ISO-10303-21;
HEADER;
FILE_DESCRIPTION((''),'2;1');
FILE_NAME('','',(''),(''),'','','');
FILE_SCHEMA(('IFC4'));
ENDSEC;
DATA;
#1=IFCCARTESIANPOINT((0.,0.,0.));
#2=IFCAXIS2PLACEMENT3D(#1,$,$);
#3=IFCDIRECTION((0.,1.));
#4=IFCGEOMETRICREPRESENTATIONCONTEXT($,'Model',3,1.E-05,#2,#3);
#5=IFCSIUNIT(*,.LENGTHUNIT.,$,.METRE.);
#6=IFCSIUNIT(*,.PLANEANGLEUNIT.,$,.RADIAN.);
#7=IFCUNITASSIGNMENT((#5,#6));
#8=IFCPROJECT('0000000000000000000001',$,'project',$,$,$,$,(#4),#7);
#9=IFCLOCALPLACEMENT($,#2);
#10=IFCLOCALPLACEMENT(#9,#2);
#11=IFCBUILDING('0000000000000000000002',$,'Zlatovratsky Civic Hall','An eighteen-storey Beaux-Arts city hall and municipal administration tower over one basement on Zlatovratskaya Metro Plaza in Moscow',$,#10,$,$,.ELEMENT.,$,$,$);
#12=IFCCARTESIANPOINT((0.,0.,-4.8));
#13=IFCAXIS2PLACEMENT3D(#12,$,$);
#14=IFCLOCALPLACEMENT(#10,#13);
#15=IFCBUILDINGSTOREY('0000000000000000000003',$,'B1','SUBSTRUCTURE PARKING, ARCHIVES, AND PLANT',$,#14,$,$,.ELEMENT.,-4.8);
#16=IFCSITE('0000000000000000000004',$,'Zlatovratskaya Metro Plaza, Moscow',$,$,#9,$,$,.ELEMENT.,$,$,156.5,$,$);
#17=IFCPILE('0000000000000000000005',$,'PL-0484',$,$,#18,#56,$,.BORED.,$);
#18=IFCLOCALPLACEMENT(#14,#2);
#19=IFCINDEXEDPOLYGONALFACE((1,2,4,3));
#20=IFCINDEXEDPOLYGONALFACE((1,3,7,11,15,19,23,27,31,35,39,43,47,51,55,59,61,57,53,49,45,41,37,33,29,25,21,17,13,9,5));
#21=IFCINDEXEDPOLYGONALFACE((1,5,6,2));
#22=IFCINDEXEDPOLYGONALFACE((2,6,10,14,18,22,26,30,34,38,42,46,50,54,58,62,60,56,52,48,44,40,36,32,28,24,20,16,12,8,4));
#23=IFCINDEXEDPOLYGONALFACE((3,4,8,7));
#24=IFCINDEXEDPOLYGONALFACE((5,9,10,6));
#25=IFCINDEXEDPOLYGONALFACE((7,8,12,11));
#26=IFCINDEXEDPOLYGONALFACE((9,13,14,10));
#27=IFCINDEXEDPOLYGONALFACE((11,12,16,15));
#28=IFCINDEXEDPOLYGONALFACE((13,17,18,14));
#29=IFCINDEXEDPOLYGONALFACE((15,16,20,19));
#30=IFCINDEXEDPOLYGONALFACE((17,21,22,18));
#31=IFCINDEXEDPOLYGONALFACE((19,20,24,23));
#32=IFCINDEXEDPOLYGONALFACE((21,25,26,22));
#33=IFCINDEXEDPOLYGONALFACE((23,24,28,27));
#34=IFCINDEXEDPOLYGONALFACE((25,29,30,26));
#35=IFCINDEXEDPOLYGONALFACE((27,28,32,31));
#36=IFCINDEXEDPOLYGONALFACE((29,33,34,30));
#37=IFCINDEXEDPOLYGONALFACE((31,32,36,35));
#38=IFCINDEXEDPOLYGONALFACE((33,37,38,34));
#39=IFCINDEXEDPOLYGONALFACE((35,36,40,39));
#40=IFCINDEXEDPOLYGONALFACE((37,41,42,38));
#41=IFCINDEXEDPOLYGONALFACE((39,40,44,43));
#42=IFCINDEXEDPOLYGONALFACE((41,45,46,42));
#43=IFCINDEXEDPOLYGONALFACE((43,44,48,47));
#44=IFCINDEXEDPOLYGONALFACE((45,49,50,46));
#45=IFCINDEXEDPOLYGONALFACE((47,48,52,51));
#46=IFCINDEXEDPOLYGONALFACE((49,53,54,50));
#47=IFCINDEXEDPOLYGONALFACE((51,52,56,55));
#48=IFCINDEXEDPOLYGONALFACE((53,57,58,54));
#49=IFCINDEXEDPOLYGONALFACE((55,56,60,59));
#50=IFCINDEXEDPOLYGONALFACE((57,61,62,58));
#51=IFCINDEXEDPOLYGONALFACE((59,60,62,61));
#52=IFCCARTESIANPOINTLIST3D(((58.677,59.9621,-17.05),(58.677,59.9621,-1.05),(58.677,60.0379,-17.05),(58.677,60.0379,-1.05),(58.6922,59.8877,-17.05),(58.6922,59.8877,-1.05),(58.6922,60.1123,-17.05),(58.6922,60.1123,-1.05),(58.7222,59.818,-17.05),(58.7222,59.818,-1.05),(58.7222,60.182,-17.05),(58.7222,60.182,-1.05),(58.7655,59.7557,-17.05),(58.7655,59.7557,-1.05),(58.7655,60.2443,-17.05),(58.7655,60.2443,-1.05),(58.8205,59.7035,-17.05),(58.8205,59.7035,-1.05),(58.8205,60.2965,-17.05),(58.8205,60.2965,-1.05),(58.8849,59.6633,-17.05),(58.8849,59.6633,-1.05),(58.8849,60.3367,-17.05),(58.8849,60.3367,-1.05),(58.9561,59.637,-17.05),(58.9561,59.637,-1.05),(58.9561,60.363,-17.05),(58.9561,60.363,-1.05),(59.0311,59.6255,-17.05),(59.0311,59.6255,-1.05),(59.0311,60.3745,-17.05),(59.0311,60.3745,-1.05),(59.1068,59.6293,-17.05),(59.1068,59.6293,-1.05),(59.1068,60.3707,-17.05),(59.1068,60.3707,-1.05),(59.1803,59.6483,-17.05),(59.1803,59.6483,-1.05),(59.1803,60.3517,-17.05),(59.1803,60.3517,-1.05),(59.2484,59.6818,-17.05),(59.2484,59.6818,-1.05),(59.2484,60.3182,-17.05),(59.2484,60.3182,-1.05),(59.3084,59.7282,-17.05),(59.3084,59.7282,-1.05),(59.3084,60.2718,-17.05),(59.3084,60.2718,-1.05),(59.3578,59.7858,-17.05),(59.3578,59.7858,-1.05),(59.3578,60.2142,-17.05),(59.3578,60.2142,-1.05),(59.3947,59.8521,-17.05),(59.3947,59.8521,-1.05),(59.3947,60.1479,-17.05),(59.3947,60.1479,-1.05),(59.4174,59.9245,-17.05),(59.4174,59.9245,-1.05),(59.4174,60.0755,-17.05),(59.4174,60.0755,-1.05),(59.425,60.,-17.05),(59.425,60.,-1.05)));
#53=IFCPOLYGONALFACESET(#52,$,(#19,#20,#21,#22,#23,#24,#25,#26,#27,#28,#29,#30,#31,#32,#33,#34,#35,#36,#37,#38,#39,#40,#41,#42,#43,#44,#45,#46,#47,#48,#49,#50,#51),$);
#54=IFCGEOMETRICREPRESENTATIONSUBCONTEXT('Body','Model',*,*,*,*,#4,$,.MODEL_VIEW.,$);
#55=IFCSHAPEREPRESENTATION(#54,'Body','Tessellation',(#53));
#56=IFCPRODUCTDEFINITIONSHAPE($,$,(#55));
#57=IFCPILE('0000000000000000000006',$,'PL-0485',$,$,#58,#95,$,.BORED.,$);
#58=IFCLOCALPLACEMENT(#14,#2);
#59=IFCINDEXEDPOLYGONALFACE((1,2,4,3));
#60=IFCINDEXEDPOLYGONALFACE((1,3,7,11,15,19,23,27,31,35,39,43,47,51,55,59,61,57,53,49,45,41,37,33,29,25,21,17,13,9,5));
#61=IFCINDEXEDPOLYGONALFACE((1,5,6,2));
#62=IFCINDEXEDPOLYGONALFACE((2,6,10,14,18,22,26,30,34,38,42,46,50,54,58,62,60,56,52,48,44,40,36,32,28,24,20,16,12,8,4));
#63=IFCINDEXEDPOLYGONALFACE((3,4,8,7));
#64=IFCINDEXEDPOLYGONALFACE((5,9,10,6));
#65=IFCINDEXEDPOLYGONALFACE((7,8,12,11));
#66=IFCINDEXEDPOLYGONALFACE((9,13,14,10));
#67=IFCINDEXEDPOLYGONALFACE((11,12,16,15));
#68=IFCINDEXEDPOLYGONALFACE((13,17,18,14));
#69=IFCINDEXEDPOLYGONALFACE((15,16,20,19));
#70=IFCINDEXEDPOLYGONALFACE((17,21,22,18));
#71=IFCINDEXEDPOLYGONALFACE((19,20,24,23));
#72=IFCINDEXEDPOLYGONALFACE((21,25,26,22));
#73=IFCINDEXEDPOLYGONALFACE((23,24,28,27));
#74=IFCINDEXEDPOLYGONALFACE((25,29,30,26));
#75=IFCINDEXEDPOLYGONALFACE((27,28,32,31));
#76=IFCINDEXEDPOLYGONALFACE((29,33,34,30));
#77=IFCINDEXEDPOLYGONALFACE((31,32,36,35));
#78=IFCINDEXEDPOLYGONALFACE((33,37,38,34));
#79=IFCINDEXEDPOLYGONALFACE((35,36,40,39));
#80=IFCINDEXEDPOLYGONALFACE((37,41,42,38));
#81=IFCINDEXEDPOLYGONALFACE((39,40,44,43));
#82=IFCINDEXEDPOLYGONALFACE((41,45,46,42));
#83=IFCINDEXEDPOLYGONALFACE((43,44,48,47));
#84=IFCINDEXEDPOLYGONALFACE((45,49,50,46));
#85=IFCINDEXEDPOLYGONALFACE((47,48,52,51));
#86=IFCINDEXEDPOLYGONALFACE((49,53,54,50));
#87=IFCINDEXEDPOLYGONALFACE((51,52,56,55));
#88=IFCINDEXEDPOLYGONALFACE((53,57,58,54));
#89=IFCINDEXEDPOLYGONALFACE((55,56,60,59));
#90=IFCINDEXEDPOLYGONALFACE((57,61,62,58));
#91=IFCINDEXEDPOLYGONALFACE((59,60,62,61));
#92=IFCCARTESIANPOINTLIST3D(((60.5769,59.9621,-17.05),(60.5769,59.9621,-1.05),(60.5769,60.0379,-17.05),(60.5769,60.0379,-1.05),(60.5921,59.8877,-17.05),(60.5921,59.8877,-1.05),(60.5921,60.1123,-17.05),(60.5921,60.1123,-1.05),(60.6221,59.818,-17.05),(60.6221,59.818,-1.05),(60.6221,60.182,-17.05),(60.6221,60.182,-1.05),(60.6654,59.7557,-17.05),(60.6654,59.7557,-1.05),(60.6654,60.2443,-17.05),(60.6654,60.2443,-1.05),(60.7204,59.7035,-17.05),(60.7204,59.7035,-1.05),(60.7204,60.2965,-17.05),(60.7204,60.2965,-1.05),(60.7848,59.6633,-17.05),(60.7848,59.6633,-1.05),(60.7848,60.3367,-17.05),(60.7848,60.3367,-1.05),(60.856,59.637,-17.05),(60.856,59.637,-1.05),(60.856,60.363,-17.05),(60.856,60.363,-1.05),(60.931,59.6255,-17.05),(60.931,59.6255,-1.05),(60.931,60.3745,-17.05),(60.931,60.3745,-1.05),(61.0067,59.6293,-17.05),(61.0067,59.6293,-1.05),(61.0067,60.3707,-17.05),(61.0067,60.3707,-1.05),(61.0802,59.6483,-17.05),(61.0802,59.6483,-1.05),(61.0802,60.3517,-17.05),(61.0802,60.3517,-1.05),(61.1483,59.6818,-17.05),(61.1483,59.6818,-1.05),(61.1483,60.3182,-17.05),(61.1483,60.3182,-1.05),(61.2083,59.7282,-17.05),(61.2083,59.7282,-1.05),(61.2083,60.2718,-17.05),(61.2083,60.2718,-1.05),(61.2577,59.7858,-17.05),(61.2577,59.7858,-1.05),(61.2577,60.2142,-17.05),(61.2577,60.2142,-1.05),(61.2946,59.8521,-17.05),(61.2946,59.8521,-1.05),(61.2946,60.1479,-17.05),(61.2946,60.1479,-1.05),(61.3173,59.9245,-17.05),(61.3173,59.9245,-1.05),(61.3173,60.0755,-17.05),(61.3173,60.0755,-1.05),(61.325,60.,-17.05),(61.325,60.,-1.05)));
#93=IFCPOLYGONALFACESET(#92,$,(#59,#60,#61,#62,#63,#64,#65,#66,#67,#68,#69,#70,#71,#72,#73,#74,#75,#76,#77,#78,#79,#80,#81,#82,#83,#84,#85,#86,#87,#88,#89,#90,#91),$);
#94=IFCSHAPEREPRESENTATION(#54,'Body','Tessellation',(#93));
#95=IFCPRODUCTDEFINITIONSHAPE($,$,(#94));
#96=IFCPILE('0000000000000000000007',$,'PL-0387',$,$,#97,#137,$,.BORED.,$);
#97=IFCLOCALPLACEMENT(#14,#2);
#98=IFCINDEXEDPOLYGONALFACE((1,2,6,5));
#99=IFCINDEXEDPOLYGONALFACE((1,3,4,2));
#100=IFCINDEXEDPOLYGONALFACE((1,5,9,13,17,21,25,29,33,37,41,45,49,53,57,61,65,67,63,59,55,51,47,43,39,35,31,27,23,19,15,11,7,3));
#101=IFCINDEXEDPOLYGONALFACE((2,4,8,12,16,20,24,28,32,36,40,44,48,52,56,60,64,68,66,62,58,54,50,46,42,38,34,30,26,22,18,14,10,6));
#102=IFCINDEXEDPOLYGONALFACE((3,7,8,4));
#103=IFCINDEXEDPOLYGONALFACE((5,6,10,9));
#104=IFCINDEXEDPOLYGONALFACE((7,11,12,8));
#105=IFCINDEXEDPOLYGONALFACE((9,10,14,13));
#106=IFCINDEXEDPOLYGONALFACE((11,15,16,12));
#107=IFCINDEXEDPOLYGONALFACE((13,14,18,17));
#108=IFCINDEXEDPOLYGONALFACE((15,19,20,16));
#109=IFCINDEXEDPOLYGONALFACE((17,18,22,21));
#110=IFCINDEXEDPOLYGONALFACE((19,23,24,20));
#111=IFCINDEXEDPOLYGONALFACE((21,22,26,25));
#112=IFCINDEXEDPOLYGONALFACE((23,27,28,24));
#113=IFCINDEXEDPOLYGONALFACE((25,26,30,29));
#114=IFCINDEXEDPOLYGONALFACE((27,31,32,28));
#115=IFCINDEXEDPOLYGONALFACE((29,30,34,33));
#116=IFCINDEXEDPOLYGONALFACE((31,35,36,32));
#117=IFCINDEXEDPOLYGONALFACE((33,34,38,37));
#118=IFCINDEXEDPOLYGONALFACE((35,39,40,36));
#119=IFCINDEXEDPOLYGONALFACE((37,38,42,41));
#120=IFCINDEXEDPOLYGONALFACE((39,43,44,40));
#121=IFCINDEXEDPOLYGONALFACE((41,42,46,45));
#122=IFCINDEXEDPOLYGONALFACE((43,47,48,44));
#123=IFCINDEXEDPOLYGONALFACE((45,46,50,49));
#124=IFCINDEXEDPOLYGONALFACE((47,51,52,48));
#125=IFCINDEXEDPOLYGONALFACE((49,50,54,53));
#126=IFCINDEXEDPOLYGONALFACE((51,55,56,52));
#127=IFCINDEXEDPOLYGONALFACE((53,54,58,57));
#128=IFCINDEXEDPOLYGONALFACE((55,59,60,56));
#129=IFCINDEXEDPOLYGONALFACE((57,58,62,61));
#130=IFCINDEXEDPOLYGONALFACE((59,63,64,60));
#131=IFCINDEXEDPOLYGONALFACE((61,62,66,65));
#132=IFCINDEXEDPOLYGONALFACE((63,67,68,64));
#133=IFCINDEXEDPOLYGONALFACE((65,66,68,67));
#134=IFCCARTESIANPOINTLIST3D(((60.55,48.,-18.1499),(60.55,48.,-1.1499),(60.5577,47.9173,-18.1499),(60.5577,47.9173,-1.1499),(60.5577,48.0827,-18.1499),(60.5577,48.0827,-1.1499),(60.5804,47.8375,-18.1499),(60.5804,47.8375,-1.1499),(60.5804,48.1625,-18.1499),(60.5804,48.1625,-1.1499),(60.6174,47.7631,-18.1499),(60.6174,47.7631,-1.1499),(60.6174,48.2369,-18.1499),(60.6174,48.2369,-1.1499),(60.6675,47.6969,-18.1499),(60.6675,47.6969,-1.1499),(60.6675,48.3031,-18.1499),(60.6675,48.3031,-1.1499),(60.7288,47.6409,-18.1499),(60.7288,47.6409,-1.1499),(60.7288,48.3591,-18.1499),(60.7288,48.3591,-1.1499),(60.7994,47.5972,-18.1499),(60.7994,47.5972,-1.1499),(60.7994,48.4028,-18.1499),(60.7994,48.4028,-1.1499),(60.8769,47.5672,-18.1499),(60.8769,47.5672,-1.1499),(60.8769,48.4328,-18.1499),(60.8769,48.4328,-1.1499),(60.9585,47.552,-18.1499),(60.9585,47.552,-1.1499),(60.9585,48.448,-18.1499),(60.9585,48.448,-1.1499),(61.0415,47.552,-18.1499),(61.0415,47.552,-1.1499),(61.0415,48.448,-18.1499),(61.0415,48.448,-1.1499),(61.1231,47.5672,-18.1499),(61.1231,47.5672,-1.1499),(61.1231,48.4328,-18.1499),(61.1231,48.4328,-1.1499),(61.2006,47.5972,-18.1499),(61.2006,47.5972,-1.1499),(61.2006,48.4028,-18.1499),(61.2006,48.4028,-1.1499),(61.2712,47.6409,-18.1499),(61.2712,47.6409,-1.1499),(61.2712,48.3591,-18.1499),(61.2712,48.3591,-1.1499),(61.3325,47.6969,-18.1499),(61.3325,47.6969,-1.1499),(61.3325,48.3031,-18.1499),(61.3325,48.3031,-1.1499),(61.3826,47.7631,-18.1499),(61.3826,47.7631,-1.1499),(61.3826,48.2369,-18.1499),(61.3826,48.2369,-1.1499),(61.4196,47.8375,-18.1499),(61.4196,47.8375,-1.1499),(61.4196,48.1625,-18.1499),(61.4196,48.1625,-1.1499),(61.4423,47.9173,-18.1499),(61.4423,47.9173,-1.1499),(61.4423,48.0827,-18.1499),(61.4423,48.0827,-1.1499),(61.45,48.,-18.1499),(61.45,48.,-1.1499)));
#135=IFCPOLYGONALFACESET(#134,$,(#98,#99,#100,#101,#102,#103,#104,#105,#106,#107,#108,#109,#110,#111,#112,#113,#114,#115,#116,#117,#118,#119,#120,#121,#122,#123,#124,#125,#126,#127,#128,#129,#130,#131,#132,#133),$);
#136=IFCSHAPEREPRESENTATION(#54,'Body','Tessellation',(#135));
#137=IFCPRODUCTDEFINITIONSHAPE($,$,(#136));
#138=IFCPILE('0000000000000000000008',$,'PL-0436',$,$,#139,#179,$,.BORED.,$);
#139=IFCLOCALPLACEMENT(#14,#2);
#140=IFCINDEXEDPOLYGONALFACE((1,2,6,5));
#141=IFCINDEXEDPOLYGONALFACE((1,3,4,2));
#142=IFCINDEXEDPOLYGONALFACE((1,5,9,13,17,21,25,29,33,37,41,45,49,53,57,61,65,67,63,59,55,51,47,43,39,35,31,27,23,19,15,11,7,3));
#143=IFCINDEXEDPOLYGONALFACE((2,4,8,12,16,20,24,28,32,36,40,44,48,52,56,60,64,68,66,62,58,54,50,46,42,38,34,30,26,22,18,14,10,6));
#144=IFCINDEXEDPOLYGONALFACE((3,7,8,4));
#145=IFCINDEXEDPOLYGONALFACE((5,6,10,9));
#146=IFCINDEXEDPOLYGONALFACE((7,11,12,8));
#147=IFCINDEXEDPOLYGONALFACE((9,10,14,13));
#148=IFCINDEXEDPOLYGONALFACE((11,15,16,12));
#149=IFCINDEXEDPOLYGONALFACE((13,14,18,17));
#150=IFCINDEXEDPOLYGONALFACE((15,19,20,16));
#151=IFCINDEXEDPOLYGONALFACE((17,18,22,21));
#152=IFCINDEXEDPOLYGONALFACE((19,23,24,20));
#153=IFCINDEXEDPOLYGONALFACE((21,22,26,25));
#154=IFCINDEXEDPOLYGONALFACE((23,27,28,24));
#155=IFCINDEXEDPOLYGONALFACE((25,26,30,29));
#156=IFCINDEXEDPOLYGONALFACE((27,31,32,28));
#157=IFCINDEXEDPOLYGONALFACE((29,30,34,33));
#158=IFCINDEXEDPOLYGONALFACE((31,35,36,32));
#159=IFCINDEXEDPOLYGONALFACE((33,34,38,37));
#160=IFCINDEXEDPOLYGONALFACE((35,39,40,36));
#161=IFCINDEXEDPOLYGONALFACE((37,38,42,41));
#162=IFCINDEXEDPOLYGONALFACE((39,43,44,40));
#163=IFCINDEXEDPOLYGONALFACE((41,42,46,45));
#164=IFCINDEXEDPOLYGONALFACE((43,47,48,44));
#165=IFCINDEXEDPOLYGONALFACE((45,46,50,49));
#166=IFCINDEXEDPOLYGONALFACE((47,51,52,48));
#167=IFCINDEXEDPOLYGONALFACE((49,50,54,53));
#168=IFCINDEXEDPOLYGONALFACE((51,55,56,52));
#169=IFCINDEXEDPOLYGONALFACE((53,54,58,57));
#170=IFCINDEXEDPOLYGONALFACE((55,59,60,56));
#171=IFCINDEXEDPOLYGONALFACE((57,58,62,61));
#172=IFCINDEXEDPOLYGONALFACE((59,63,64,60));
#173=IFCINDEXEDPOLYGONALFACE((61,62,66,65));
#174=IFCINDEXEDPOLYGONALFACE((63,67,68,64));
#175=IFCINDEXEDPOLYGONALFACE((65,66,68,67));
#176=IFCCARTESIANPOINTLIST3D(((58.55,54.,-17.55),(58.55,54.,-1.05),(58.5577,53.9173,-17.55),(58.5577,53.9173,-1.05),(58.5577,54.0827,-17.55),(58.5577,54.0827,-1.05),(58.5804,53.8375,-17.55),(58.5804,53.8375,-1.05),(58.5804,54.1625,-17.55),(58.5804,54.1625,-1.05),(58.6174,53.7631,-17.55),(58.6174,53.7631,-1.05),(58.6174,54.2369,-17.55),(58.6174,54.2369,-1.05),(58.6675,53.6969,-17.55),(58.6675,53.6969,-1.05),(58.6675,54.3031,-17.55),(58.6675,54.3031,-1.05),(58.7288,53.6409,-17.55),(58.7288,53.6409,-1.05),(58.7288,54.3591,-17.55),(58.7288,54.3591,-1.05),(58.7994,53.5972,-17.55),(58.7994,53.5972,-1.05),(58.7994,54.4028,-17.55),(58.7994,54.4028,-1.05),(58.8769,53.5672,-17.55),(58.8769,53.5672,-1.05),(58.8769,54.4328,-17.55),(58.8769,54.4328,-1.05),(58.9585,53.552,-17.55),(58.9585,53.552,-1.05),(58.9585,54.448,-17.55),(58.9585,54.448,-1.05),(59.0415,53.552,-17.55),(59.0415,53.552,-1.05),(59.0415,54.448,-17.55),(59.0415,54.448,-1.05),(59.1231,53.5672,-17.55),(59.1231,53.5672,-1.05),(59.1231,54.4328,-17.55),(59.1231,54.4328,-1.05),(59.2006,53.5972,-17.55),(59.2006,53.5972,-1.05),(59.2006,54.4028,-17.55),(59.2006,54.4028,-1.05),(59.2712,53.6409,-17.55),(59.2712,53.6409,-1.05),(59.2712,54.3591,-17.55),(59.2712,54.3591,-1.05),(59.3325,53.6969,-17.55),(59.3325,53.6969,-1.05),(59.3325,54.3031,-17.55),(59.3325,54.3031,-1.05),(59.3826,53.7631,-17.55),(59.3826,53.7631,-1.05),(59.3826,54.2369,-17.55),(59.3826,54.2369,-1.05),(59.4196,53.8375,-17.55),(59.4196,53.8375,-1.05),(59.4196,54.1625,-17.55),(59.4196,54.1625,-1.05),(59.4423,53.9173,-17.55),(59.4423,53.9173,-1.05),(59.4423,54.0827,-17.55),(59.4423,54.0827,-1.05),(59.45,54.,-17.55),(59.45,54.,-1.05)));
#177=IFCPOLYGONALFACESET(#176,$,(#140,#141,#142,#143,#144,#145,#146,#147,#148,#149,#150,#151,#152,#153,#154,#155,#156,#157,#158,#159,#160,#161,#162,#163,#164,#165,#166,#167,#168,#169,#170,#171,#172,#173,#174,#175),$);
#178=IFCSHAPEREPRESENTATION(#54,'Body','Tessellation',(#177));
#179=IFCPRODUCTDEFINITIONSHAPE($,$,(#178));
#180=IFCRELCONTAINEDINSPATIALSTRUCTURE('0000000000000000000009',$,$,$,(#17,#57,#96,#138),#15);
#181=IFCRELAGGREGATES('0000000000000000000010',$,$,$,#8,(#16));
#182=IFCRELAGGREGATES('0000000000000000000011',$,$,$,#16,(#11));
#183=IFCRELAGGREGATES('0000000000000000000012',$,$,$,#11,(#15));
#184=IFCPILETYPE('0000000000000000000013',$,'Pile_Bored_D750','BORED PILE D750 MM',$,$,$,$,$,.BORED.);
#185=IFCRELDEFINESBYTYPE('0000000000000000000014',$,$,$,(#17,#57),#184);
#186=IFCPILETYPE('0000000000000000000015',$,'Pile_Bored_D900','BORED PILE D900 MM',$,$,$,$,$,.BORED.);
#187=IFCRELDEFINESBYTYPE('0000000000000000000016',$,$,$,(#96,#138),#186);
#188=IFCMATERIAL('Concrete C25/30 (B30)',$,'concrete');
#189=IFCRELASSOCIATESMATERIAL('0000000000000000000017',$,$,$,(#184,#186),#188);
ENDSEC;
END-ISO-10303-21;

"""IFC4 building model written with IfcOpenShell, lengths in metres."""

from ifc_helpers import new_model, si_unit, direction, frame, origin, origin_2d, place, context, subcontext, project, spatial, circle, extrude, material, material_profile, profile_set, type_object, element, save


model = new_model("IFC4")

# Units and contexts
model_context = context("Model", 3, precision=1e-05, world=origin(), true_north=direction((0.0, 1.0)))
body_context = subcontext(model_context, "Body", "Model", "MODEL_VIEW")
ifc_project = project(units=[si_unit("LENGTHUNIT", "METRE"), si_unit("PLANEANGLEUNIT", "RADIAN")], contexts=[model_context])

# Site, building, storey
site_placement = place(None, origin())
site = spatial("IfcSite", under=ifc_project, at=site_placement, Name="Zlatovratskaya Metro Plaza, Moscow", CompositionType="ELEMENT", RefElevation=156.5)
building_placement = place(site_placement, origin())
building = spatial("IfcBuilding", under=site, at=building_placement, Name="Zlatovratsky Civic Hall", Description="An eighteen-storey Beaux-Arts city hall and municipal administration tower over one basement on Zlatovratskaya Metro Plaza in Moscow", CompositionType="ELEMENT")
storey_placement = place(building_placement, frame((0.0, 0.0, -4.8)))
storey = spatial("IfcBuildingStorey", under=building, at=storey_placement, Name="B1", Description="SUBSTRUCTURE PARKING, ARCHIVES, AND PLANT", CompositionType="ELEMENT", Elevation=-4.8)

# Shared definitions
ifc_material_1 = material(Name="Concrete C25/30 (B30)", Category="concrete")

# Piles
ifc_material_profile_1 = material_profile(ifc_material_1, circle(Radius=0.375, at=origin_2d()), Name="PILE D750")
ifc_profile_set_1 = profile_set([ifc_material_profile_1], Name="Concrete C25/30 (B30)")
pile_type_1 = type_object("IfcPileType", Name="Pile_Bored_D750", Description="BORED PILE D750 MM", PredefinedType="BORED", material=ifc_profile_set_1)
for number, where, z_axis, x_axis, name in (
    (1, (59.05, 60.0, -1.05), (0.0, 0.0, -1.0), (1.0, 0.0, 0.0), "PL-0484"),
    (2, (60.95, 60.0, -1.05), (0.0, 0.0, -1.0), (1.0, 0.0, 0.0), "PL-0485"),
):
    element("IfcPile", number, at=place(storey_placement, frame(where, z_axis=z_axis, x_axis=x_axis)), inside=storey, type_object=pile_type_1, Name=name, PredefinedType="BORED", context=body_context, shape_type="SweptSolid", body=[
        extrude(circle(Radius=0.375, at=origin_2d()), origin(), (0.0, 0.0, 1.0), 16.0),
    ])
ifc_material_profile_2 = material_profile(ifc_material_1, circle(Radius=0.45, at=origin_2d()), Name="PILE D900")
ifc_profile_set_2 = profile_set([ifc_material_profile_2], Name="Concrete C25/30 (B30)")
pile_type_2 = type_object("IfcPileType", Name="Pile_Bored_D900", Description="BORED PILE D900 MM", PredefinedType="BORED", material=ifc_profile_set_2)
pile_placement = place(storey_placement, frame((61.0, 48.0, -1.1499), z_axis=(0.0, 0.0, -1.0), x_axis=(1.0, 0.0, 0.0)))
element("IfcPile", 3, at=pile_placement, inside=storey, type_object=pile_type_2, Name="PL-0387", PredefinedType="BORED", context=body_context, shape_type="SweptSolid", body=[
    extrude(circle(Radius=0.45, at=origin_2d()), origin(), (0.0, 0.0, 1.0), 17.0),
])
for number, where, z_axis, x_axis, name in (
    (4, (59.0, 54.0, -1.05), (0.0, 0.0, -1.0), (1.0, 0.0, 0.0), "PL-0436"),
):
    element("IfcPile", number, at=place(storey_placement, frame(where, z_axis=z_axis, x_axis=x_axis)), inside=storey, type_object=pile_type_2, Name=name, PredefinedType="BORED", context=body_context, shape_type="SweptSolid", body=[
        extrude(circle(Radius=0.45, at=origin_2d()), origin(), (0.0, 0.0, 1.0), 16.5),
    ])

save(model, "model.ifc")
